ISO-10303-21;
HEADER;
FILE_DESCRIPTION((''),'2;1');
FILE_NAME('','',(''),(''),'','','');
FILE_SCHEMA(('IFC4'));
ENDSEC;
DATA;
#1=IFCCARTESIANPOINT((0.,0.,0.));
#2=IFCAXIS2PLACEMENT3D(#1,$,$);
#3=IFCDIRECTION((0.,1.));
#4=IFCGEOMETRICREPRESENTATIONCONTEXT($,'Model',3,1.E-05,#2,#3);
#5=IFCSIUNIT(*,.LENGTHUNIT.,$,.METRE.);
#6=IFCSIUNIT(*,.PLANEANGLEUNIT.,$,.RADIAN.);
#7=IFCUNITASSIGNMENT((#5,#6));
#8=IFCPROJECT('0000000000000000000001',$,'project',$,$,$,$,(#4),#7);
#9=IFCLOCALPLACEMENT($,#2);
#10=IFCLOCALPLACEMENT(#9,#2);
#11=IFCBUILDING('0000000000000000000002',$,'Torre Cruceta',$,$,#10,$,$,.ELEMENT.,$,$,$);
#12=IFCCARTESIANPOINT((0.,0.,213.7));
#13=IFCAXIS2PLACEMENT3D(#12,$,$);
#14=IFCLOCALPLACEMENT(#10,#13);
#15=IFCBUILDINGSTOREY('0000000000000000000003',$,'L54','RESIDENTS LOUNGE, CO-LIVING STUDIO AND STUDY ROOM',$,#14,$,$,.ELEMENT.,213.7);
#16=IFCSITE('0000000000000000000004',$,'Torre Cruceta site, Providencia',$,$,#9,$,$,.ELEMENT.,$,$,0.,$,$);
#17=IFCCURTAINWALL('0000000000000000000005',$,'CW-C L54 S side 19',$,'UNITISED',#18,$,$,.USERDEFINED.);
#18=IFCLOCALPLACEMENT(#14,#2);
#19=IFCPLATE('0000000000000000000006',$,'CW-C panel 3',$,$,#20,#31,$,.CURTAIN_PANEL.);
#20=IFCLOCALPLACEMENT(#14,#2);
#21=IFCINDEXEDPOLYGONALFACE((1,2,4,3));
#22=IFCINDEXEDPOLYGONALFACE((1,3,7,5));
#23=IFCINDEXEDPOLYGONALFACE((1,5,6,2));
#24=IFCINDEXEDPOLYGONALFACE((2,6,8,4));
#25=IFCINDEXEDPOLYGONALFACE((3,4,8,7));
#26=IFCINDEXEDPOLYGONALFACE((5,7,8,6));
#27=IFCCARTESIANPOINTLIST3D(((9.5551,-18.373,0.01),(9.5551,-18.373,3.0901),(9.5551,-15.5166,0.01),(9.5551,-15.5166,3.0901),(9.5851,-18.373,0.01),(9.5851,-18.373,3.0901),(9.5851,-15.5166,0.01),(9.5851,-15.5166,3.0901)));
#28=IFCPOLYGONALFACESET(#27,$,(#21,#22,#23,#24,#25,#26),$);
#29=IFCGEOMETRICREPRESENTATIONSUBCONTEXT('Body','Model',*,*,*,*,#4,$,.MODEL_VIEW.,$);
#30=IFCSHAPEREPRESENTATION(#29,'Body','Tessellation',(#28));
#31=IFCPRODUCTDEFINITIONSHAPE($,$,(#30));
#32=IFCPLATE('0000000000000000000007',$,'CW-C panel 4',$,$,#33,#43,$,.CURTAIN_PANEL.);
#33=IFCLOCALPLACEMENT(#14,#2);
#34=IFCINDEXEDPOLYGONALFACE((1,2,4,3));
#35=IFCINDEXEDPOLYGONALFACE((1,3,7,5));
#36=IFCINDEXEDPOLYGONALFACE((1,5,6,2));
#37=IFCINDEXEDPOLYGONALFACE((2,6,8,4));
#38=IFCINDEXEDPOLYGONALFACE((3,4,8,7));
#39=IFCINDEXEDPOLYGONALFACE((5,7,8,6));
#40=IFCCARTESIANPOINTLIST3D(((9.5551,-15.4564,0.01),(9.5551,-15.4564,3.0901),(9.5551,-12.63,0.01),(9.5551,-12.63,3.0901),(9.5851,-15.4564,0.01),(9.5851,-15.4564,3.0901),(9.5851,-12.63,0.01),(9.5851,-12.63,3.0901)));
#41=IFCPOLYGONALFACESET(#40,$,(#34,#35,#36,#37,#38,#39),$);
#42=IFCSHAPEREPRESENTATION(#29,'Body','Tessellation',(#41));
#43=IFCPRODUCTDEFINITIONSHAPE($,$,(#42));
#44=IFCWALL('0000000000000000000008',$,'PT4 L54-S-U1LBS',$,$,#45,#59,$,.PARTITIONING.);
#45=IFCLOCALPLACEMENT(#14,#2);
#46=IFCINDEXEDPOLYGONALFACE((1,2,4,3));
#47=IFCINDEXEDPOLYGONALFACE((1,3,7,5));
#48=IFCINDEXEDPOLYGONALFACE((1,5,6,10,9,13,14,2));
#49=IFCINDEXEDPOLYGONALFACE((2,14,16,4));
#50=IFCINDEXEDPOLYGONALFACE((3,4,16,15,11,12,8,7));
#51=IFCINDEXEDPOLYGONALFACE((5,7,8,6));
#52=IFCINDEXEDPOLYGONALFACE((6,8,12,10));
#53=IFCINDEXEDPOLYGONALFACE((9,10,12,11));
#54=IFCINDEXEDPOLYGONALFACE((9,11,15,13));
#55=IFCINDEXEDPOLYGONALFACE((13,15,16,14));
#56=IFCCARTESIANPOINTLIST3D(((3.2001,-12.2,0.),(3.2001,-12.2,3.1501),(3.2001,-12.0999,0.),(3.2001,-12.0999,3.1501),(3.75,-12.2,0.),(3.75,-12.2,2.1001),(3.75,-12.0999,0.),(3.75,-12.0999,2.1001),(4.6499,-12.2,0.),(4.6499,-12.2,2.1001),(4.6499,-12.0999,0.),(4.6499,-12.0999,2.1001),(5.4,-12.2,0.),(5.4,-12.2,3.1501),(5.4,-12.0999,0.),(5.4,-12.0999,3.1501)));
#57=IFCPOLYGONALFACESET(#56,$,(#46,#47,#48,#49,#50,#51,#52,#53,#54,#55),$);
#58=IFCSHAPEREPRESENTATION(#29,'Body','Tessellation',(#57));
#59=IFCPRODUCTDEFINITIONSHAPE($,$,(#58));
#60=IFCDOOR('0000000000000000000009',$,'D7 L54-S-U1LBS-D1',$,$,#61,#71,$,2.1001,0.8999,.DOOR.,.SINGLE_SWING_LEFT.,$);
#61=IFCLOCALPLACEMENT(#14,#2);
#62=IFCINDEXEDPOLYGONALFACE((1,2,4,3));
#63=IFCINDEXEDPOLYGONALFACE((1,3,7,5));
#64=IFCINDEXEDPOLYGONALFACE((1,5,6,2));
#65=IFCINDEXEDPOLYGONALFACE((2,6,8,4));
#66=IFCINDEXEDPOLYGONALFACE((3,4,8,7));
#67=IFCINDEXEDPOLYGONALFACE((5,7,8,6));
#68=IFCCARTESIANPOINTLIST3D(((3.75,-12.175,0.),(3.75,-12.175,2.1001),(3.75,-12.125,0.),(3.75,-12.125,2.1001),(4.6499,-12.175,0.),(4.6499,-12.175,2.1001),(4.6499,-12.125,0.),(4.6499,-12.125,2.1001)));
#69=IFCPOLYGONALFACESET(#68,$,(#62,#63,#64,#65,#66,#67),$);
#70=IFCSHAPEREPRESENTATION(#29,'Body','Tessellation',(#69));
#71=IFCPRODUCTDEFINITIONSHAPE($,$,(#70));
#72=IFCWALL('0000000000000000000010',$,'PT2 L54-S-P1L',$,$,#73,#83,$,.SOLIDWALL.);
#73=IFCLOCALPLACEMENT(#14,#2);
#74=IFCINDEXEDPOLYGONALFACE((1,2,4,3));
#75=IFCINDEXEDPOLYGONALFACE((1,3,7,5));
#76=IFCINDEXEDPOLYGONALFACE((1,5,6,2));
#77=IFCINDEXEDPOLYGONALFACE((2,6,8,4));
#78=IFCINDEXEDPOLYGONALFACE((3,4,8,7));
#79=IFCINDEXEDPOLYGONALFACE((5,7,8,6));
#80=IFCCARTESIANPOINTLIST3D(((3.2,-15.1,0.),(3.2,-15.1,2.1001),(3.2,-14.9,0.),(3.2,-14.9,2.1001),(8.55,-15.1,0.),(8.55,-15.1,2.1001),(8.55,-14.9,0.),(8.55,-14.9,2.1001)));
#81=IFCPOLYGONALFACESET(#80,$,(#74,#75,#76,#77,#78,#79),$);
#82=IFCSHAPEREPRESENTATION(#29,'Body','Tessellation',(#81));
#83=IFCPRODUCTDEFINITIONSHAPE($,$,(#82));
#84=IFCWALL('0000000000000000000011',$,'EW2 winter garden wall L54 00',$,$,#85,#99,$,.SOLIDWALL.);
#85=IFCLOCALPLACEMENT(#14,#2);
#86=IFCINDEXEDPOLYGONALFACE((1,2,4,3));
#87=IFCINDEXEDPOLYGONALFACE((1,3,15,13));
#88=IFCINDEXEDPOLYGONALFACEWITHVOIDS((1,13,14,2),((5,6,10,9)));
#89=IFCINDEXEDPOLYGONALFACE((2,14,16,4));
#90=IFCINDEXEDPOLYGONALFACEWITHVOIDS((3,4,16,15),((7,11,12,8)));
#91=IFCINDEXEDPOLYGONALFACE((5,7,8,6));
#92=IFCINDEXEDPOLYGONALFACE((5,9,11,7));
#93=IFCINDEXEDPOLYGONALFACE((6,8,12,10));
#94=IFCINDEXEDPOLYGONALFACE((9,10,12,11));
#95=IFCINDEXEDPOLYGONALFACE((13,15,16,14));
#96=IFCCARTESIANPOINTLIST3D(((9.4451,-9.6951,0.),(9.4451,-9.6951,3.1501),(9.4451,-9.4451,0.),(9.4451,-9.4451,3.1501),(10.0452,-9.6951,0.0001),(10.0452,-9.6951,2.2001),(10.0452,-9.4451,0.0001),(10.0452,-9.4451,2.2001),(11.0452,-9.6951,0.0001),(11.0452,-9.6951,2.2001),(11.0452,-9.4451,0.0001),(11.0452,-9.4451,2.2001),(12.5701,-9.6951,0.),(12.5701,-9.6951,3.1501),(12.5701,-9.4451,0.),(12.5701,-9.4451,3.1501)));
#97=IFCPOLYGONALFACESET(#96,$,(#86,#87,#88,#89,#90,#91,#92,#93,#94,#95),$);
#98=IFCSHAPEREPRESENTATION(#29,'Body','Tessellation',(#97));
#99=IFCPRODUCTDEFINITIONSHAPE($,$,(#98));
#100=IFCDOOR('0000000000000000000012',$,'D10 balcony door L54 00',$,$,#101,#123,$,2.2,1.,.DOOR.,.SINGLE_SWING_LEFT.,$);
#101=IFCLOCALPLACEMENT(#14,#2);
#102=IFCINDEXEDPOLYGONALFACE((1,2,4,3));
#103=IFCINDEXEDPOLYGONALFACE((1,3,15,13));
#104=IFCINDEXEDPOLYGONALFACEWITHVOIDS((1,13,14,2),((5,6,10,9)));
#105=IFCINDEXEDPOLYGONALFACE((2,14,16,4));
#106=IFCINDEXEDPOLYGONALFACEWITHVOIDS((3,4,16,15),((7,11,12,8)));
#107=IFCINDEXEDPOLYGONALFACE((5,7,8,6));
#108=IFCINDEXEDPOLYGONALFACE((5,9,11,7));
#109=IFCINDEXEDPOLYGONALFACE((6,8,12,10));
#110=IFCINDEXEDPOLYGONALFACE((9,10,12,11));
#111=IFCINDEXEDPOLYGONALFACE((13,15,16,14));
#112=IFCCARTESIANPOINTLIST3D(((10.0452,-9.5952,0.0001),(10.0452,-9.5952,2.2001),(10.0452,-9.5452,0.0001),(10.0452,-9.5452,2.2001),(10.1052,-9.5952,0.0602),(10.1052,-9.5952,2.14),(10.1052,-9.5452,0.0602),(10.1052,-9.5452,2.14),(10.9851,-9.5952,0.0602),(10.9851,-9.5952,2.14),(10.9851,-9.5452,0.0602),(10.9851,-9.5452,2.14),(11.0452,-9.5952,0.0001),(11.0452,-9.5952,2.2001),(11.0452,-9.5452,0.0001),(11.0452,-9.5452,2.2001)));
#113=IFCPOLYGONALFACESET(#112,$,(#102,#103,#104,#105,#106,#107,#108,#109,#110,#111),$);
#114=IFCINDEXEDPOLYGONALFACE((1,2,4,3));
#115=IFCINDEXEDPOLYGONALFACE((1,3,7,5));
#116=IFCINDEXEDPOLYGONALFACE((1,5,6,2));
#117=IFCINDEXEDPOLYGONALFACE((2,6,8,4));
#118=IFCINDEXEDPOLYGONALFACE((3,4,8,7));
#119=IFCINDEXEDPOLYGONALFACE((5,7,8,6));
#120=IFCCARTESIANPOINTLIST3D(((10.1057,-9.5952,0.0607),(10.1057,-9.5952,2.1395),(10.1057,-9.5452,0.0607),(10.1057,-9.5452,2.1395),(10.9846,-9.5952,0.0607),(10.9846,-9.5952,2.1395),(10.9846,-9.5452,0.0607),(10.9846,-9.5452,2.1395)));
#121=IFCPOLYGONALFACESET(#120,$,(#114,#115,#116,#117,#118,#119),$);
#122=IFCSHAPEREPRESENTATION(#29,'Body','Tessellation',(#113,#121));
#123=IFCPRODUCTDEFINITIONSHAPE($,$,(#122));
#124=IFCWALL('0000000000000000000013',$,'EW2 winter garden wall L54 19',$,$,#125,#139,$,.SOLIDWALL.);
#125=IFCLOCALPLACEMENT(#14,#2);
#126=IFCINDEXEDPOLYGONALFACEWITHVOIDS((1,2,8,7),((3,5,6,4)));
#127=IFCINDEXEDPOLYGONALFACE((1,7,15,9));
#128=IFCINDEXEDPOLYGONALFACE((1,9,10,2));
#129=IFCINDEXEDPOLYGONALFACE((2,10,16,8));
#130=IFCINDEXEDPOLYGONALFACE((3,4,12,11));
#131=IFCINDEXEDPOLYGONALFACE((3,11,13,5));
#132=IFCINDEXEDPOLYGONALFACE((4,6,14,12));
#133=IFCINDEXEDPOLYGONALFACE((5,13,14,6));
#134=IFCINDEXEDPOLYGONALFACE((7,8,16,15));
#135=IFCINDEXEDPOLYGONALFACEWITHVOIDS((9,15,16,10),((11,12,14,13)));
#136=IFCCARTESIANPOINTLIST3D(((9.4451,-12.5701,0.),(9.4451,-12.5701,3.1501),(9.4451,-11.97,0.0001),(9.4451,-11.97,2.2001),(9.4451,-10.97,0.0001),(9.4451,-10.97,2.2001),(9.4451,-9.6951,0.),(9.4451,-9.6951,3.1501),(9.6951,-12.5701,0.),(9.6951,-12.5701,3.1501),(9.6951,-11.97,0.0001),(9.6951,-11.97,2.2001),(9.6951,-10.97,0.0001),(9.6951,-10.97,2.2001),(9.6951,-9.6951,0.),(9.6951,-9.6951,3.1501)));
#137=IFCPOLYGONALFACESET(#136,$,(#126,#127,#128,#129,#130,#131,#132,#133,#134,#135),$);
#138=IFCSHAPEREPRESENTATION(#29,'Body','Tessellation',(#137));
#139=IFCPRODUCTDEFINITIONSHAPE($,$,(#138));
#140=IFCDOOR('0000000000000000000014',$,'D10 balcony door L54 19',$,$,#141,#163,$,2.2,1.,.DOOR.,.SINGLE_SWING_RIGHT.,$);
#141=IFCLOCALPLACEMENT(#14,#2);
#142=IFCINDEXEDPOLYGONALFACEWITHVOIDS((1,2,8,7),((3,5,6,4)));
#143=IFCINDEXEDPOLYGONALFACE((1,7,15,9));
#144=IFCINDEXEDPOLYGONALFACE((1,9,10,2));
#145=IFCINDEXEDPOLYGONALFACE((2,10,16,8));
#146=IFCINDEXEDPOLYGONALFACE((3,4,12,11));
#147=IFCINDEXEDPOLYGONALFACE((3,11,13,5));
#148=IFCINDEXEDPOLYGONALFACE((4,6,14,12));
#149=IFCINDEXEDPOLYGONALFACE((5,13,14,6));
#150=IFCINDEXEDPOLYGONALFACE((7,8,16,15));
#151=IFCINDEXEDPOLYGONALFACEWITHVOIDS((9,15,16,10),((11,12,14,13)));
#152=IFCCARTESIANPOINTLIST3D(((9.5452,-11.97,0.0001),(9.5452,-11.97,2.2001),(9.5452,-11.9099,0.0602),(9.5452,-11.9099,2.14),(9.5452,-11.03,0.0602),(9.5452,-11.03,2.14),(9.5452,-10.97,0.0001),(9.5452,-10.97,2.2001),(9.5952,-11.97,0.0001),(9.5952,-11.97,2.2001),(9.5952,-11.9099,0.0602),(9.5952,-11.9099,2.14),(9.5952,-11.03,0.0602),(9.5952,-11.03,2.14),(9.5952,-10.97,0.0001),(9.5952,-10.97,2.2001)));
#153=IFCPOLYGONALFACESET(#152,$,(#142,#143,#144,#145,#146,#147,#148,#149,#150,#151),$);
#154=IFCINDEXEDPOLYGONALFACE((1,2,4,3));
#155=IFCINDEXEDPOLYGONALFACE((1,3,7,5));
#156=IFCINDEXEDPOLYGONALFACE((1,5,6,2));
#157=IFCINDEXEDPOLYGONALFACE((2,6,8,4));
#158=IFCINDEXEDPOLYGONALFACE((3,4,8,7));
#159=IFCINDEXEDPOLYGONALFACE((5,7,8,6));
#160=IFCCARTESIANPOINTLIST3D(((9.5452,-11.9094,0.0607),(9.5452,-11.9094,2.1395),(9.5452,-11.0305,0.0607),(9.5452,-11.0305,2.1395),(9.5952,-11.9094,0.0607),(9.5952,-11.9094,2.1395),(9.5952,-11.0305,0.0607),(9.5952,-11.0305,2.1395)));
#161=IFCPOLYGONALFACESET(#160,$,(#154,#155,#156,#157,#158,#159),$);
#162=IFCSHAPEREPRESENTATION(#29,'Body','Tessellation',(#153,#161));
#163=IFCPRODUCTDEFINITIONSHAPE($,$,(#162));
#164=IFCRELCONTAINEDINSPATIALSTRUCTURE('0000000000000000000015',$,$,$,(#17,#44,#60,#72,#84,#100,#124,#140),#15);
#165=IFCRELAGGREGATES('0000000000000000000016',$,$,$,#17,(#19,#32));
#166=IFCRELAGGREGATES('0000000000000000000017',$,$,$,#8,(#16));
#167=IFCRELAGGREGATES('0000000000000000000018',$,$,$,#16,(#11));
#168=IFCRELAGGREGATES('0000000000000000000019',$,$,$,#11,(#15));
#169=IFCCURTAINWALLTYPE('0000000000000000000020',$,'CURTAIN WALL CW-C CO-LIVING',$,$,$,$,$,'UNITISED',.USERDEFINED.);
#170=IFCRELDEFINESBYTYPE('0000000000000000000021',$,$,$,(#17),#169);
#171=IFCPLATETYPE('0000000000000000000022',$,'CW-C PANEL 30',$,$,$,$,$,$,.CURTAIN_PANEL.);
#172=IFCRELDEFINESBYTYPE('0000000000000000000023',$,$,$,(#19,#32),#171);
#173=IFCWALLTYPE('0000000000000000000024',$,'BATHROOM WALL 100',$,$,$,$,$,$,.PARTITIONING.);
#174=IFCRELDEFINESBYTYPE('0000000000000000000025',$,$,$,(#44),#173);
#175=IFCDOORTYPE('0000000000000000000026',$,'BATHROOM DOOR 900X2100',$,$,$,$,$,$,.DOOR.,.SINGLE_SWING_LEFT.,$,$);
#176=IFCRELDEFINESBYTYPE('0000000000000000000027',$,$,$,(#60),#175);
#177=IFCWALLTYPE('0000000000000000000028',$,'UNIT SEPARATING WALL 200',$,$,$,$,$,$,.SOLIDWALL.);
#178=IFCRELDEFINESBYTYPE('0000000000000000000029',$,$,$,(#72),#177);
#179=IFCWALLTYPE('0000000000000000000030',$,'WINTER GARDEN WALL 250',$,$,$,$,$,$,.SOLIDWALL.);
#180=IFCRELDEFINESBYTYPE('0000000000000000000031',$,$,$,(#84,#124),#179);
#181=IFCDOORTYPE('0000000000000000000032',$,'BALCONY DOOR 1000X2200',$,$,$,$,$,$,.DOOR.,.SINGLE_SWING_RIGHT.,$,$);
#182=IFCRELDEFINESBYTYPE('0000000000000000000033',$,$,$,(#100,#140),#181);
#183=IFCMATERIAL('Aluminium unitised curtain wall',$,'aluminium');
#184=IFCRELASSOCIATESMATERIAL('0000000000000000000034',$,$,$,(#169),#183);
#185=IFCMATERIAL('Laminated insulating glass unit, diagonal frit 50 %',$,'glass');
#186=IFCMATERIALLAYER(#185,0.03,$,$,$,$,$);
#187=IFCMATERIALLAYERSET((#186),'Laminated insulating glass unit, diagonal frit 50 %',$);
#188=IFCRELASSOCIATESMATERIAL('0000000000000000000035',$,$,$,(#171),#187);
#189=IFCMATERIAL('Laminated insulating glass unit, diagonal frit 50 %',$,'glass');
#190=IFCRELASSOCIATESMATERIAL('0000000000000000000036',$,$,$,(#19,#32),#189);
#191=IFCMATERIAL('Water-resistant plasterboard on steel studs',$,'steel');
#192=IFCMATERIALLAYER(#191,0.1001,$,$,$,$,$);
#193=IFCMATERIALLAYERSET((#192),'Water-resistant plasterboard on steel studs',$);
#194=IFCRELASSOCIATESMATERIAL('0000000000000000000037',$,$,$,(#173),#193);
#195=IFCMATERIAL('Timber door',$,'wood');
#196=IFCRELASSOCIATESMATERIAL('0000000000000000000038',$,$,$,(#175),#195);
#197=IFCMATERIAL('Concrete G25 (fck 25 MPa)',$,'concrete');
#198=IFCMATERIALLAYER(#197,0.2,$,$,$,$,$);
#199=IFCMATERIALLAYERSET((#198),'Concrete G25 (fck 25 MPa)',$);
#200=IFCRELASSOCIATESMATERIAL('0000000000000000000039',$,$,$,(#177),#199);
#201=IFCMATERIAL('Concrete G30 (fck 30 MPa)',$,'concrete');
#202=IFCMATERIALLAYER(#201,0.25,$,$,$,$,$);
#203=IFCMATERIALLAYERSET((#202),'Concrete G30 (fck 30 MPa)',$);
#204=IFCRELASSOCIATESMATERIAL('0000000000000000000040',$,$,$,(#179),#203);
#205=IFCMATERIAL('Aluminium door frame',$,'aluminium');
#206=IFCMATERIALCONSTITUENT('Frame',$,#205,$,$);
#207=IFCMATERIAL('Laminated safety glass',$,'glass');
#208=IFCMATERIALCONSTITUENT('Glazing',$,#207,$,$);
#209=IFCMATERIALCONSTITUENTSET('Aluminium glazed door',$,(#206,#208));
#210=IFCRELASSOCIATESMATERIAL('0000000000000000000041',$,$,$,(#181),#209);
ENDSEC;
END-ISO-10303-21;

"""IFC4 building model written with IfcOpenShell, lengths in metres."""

from ifc_helpers import new_model, si_unit, direction, frame, frame_2d, origin, origin_2d, place, context, subcontext, project, spatial, rectangle, hollow_rectangle, extrude, material, layer, layer_set, constituent, constituent_set, type_object, element, fill, aggregate, save


model = new_model("IFC4")

# Units and contexts
model_context = context("Model", 3, precision=1e-05, world=origin(), true_north=direction((0.0, 1.0)))
body_context = subcontext(model_context, "Body", "Model", "MODEL_VIEW")
ifc_project = project(units=[si_unit("LENGTHUNIT", "METRE"), si_unit("PLANEANGLEUNIT", "RADIAN")], contexts=[model_context])

# Site, building, storey
site_placement = place(None, origin())
site = spatial("IfcSite", under=ifc_project, at=site_placement, Name="Torre Cruceta site, Providencia", CompositionType="ELEMENT", RefElevation=0.0)
building_placement = place(site_placement, origin())
building = spatial("IfcBuilding", under=site, at=building_placement, Name="Torre Cruceta", CompositionType="ELEMENT")
storey_placement = place(building_placement, frame((0.0, 0.0, 213.7)))
storey = spatial("IfcBuildingStorey", under=building, at=storey_placement, Name="L54", Description="RESIDENTS LOUNGE, CO-LIVING STUDIO AND STUDY ROOM", CompositionType="ELEMENT", Elevation=213.7)

# Shared definitions
ifc_material_1 = material(Name="Aluminium unitised curtain wall", Category="aluminium")
curtain_wall_type = type_object("IfcCurtainWallType", Name="CURTAIN WALL CW-C CO-LIVING", ElementType="UNITISED", PredefinedType="USERDEFINED", material=ifc_material_1)

# Curtain wall
curtain_wall_1_placement = place(storey_placement, origin())
curtain_wall_1 = element("IfcCurtainWall", 1, at=curtain_wall_1_placement, inside=storey, type_object=curtain_wall_type, Name="CW-C L54 S side 19", ObjectType="UNITISED", PredefinedType="USERDEFINED")

# Plates
ifc_material_2 = material(Name="Laminated insulating glass unit, diagonal frit 50 %", Category="glass")
ifc_material_3 = material(Name="Laminated insulating glass unit, diagonal frit 50 %", Category="glass")
ifc_layer_1 = layer(ifc_material_3, 0.03)
ifc_layer_set_1 = layer_set([ifc_layer_1], Name="Laminated insulating glass unit, diagonal frit 50 %")
plate_type = type_object("IfcPlateType", Name="CW-C PANEL 30", PredefinedType="CURTAIN_PANEL", material=ifc_layer_set_1)
plate_1_placement = place(storey_placement, frame((9.5701, -16.9448, 0.01), z_axis=(0.0, 0.0, 1.0), x_axis=(0.0, 1.0, 0.0)))
plate_1 = element("IfcPlate", 2, at=plate_1_placement, type_object=plate_type, material=ifc_material_2, Name="CW-C panel 3", PredefinedType="CURTAIN_PANEL", context=body_context, shape_type="SweptSolid", body=[
    extrude(rectangle(XDim=2.8564, YDim=0.03, at=origin_2d()), origin(), (0.0, 0.0, 1.0), 3.0801),
])
plate_2_placement = place(storey_placement, frame((9.5701, -14.0432, 0.01), z_axis=(0.0, 0.0, 1.0), x_axis=(0.0, 1.0, 0.0)))
plate_2 = element("IfcPlate", 3, at=plate_2_placement, type_object=plate_type, material=ifc_material_2, Name="CW-C panel 4", PredefinedType="CURTAIN_PANEL", context=body_context, shape_type="SweptSolid", body=[
    extrude(rectangle(XDim=2.8264, YDim=0.03, at=origin_2d()), origin(), (0.0, 0.0, 1.0), 3.0801),
])
aggregate(curtain_wall_1, [plate_1, plate_2])

# Wall, opening, door
ifc_material_4 = material(Name="Water-resistant plasterboard on steel studs", Category="steel")
ifc_layer_2 = layer(ifc_material_4, 0.1001)
ifc_layer_set_2 = layer_set([ifc_layer_2], Name="Water-resistant plasterboard on steel studs")
wall_type_1 = type_object("IfcWallType", Name="BATHROOM WALL 100", PredefinedType="PARTITIONING", material=ifc_layer_set_2)
wall_1_placement = place(storey_placement, frame((3.2, -12.1499, 0.0), z_axis=(0.0, 0.0, 1.0), x_axis=(1.0, 0.0, 0.0)))
wall_1 = element("IfcWall", 4, at=wall_1_placement, inside=storey, type_object=wall_type_1, Name="PT4 L54-S-U1LBS", PredefinedType="PARTITIONING", context=body_context, shape_type="SweptSolid", body=[
    extrude(rectangle(XDim=2.2, YDim=0.1001, at=frame_2d((1.1001, 0.0))), origin(), (0.0, 0.0, 1.0), 3.1501),
])
opening_1_placement = place(wall_1_placement, frame((0.55, 0.0, 0.0)))
opening_1 = element("IfcOpeningElement", 5, at=opening_1_placement, cuts=wall_1, PredefinedType="OPENING", context=body_context, shape_type="SweptSolid", body=[
    extrude(rectangle(XDim=0.8999, YDim=2.1001, at=frame_2d((0.45, 1.05))), frame((0.0, 0.0601, 0.0), z_axis=(0.0, -1.0, 0.0), x_axis=(1.0, 0.0, 0.0)), (0.0, 0.0, 1.0), 0.1201),
])
ifc_material_5 = material(Name="Timber door", Category="wood")
door_type_1 = type_object("IfcDoorType", Name="BATHROOM DOOR 900X2100", OperationType="SINGLE_SWING_LEFT", PredefinedType="DOOR", material=ifc_material_5)
door_1_placement = place(opening_1_placement, origin())
door_1 = element("IfcDoor", 6, at=door_1_placement, inside=storey, type_object=door_type_1, Name="D7 L54-S-U1LBS-D1", OperationType="SINGLE_SWING_LEFT", OverallHeight=2.1001, OverallWidth=0.8999, PredefinedType="DOOR", context=body_context, shape_type="SweptSolid", body=[
    extrude(rectangle(XDim=0.8999, YDim=2.1001, at=frame_2d((0.45, 1.05))), frame((0.0, 0.0249, 0.0), z_axis=(0.0, -1.0, 0.0), x_axis=(1.0, 0.0, 0.0)), (0.0, 0.0, 1.0), 0.05),
])
fill(opening_1, door_1)

# Wall
ifc_material_6 = material(Name="Concrete G25 (fck 25 MPa)", Category="concrete")
ifc_layer_3 = layer(ifc_material_6, 0.2)
ifc_layer_set_3 = layer_set([ifc_layer_3], Name="Concrete G25 (fck 25 MPa)")
wall_type_2 = type_object("IfcWallType", Name="UNIT SEPARATING WALL 200", PredefinedType="SOLIDWALL", material=ifc_layer_set_3)
wall_2_placement = place(storey_placement, frame((3.2, -15.0, 0.0), z_axis=(0.0, 0.0, 1.0), x_axis=(1.0, 0.0, 0.0)))
element("IfcWall", 7, at=wall_2_placement, inside=storey, type_object=wall_type_2, Name="PT2 L54-S-P1L", PredefinedType="SOLIDWALL", context=body_context, shape_type="SweptSolid", body=[
    extrude(rectangle(XDim=5.3501, YDim=0.2, at=frame_2d((2.675, 0.0))), origin(), (0.0, 0.0, 1.0), 2.1001),
])

# Walls, openings, doors
ifc_material_7 = material(Name="Concrete G30 (fck 30 MPa)", Category="concrete")
ifc_layer_4 = layer(ifc_material_7, 0.25)
ifc_layer_set_4 = layer_set([ifc_layer_4], Name="Concrete G30 (fck 30 MPa)")
wall_type_3 = type_object("IfcWallType", Name="WINTER GARDEN WALL 250", PredefinedType="SOLIDWALL", material=ifc_layer_set_4)
wall_3_placement = place(storey_placement, frame((9.4451, -9.5701, 0.0), z_axis=(0.0, 0.0, 1.0), x_axis=(1.0, 0.0, 0.0)))
wall_3 = element("IfcWall", 8, at=wall_3_placement, inside=storey, type_object=wall_type_3, Name="EW2 winter garden wall L54 00", PredefinedType="SOLIDWALL", context=body_context, shape_type="SweptSolid", body=[
    extrude(rectangle(XDim=3.125, YDim=0.25, at=frame_2d((1.5625, 0.0))), origin(), (0.0, 0.0, 1.0), 3.1501),
])
opening_2_placement = place(wall_3_placement, frame((0.6001, 0.0, 0.0)))
opening_2 = element("IfcOpeningElement", 9, at=opening_2_placement, cuts=wall_3, PredefinedType="OPENING", context=body_context, shape_type="SweptSolid", body=[
    extrude(rectangle(XDim=1.0, YDim=2.2, at=frame_2d((0.5, 1.1001))), frame((0.0, 0.135, 0.0), z_axis=(0.0, -1.0, 0.0), x_axis=(1.0, 0.0, 0.0)), (0.0, 0.0, 1.0), 0.27),
])
ifc_material_8 = material(Name="Aluminium door frame", Category="aluminium")
ifc_constituent_1 = constituent(ifc_material_8, Name="Frame")
ifc_material_9 = material(Name="Laminated safety glass", Category="glass")
ifc_constituent_2 = constituent(ifc_material_9, Name="Glazing")
ifc_constituent_set_1 = constituent_set(constituents=[ifc_constituent_1, ifc_constituent_2], Name="Aluminium glazed door")
door_type_2 = type_object("IfcDoorType", Name="BALCONY DOOR 1000X2200", OperationType="SINGLE_SWING_RIGHT", PredefinedType="DOOR", material=ifc_constituent_set_1)
door_2_placement = place(opening_2_placement, origin())
door_2 = element("IfcDoor", 10, at=door_2_placement, inside=storey, type_object=door_type_2, Name="D10 balcony door L54 00", OperationType="SINGLE_SWING_LEFT", OverallHeight=2.2, OverallWidth=1.0, PredefinedType="DOOR", context=body_context, shape_type="SweptSolid", body=[
    extrude(hollow_rectangle(XDim=1.0, YDim=2.2, WallThickness=0.0601, at=frame_2d((0.5, 1.1001))), frame((0.0, 0.0249, 0.0), z_axis=(0.0, -1.0, 0.0), x_axis=(1.0, 0.0, 0.0)), (0.0, 0.0, 1.0), 0.05),
    extrude(rectangle(XDim=0.8789, YDim=2.0789, at=frame_2d((0.5, 1.1001))), frame((0.0, 0.0249, 0.0), z_axis=(0.0, -1.0, 0.0), x_axis=(1.0, 0.0, 0.0)), (0.0, 0.0, 1.0), 0.05),
])
fill(opening_2, door_2)
wall_4_placement = place(storey_placement, frame((9.5701, -12.5701, 0.0), z_axis=(0.0, 0.0, 1.0), x_axis=(0.0, 1.0, 0.0)))
wall_4 = element("IfcWall", 11, at=wall_4_placement, inside=storey, type_object=wall_type_3, Name="EW2 winter garden wall L54 19", PredefinedType="SOLIDWALL", context=body_context, shape_type="SweptSolid", body=[
    extrude(rectangle(XDim=2.875, YDim=0.25, at=frame_2d((1.4375, 0.0))), origin(), (0.0, 0.0, 1.0), 3.1501),
])
opening_3_placement = place(wall_4_placement, frame((0.6001, 0.0, 0.0)))
opening_3 = element("IfcOpeningElement", 12, at=opening_3_placement, cuts=wall_4, PredefinedType="OPENING", context=body_context, shape_type="SweptSolid", body=[
    extrude(rectangle(XDim=1.0, YDim=2.2, at=frame_2d((0.5, 1.1001))), frame((0.0, 0.135, 0.0), z_axis=(0.0, -1.0, 0.0), x_axis=(1.0, 0.0, 0.0)), (0.0, 0.0, 1.0), 0.27),
])
door_3_placement = place(opening_3_placement, origin())
door_3 = element("IfcDoor", 13, at=door_3_placement, inside=storey, type_object=door_type_2, Name="D10 balcony door L54 19", OperationType="SINGLE_SWING_RIGHT", OverallHeight=2.2, OverallWidth=1.0, PredefinedType="DOOR", context=body_context, shape_type="SweptSolid", body=[
    extrude(hollow_rectangle(XDim=1.0, YDim=2.2, WallThickness=0.0601, at=frame_2d((0.5, 1.1001))), frame((0.0, 0.0249, 0.0), z_axis=(0.0, -1.0, 0.0), x_axis=(1.0, 0.0, 0.0)), (0.0, 0.0, 1.0), 0.05),
    extrude(rectangle(XDim=0.8789, YDim=2.0789, at=frame_2d((0.5, 1.1001))), frame((0.0, 0.0249, 0.0), z_axis=(0.0, -1.0, 0.0), x_axis=(1.0, 0.0, 0.0)), (0.0, 0.0, 1.0), 0.05),
])
fill(opening_3, door_3)

save(model, "model.ifc")
